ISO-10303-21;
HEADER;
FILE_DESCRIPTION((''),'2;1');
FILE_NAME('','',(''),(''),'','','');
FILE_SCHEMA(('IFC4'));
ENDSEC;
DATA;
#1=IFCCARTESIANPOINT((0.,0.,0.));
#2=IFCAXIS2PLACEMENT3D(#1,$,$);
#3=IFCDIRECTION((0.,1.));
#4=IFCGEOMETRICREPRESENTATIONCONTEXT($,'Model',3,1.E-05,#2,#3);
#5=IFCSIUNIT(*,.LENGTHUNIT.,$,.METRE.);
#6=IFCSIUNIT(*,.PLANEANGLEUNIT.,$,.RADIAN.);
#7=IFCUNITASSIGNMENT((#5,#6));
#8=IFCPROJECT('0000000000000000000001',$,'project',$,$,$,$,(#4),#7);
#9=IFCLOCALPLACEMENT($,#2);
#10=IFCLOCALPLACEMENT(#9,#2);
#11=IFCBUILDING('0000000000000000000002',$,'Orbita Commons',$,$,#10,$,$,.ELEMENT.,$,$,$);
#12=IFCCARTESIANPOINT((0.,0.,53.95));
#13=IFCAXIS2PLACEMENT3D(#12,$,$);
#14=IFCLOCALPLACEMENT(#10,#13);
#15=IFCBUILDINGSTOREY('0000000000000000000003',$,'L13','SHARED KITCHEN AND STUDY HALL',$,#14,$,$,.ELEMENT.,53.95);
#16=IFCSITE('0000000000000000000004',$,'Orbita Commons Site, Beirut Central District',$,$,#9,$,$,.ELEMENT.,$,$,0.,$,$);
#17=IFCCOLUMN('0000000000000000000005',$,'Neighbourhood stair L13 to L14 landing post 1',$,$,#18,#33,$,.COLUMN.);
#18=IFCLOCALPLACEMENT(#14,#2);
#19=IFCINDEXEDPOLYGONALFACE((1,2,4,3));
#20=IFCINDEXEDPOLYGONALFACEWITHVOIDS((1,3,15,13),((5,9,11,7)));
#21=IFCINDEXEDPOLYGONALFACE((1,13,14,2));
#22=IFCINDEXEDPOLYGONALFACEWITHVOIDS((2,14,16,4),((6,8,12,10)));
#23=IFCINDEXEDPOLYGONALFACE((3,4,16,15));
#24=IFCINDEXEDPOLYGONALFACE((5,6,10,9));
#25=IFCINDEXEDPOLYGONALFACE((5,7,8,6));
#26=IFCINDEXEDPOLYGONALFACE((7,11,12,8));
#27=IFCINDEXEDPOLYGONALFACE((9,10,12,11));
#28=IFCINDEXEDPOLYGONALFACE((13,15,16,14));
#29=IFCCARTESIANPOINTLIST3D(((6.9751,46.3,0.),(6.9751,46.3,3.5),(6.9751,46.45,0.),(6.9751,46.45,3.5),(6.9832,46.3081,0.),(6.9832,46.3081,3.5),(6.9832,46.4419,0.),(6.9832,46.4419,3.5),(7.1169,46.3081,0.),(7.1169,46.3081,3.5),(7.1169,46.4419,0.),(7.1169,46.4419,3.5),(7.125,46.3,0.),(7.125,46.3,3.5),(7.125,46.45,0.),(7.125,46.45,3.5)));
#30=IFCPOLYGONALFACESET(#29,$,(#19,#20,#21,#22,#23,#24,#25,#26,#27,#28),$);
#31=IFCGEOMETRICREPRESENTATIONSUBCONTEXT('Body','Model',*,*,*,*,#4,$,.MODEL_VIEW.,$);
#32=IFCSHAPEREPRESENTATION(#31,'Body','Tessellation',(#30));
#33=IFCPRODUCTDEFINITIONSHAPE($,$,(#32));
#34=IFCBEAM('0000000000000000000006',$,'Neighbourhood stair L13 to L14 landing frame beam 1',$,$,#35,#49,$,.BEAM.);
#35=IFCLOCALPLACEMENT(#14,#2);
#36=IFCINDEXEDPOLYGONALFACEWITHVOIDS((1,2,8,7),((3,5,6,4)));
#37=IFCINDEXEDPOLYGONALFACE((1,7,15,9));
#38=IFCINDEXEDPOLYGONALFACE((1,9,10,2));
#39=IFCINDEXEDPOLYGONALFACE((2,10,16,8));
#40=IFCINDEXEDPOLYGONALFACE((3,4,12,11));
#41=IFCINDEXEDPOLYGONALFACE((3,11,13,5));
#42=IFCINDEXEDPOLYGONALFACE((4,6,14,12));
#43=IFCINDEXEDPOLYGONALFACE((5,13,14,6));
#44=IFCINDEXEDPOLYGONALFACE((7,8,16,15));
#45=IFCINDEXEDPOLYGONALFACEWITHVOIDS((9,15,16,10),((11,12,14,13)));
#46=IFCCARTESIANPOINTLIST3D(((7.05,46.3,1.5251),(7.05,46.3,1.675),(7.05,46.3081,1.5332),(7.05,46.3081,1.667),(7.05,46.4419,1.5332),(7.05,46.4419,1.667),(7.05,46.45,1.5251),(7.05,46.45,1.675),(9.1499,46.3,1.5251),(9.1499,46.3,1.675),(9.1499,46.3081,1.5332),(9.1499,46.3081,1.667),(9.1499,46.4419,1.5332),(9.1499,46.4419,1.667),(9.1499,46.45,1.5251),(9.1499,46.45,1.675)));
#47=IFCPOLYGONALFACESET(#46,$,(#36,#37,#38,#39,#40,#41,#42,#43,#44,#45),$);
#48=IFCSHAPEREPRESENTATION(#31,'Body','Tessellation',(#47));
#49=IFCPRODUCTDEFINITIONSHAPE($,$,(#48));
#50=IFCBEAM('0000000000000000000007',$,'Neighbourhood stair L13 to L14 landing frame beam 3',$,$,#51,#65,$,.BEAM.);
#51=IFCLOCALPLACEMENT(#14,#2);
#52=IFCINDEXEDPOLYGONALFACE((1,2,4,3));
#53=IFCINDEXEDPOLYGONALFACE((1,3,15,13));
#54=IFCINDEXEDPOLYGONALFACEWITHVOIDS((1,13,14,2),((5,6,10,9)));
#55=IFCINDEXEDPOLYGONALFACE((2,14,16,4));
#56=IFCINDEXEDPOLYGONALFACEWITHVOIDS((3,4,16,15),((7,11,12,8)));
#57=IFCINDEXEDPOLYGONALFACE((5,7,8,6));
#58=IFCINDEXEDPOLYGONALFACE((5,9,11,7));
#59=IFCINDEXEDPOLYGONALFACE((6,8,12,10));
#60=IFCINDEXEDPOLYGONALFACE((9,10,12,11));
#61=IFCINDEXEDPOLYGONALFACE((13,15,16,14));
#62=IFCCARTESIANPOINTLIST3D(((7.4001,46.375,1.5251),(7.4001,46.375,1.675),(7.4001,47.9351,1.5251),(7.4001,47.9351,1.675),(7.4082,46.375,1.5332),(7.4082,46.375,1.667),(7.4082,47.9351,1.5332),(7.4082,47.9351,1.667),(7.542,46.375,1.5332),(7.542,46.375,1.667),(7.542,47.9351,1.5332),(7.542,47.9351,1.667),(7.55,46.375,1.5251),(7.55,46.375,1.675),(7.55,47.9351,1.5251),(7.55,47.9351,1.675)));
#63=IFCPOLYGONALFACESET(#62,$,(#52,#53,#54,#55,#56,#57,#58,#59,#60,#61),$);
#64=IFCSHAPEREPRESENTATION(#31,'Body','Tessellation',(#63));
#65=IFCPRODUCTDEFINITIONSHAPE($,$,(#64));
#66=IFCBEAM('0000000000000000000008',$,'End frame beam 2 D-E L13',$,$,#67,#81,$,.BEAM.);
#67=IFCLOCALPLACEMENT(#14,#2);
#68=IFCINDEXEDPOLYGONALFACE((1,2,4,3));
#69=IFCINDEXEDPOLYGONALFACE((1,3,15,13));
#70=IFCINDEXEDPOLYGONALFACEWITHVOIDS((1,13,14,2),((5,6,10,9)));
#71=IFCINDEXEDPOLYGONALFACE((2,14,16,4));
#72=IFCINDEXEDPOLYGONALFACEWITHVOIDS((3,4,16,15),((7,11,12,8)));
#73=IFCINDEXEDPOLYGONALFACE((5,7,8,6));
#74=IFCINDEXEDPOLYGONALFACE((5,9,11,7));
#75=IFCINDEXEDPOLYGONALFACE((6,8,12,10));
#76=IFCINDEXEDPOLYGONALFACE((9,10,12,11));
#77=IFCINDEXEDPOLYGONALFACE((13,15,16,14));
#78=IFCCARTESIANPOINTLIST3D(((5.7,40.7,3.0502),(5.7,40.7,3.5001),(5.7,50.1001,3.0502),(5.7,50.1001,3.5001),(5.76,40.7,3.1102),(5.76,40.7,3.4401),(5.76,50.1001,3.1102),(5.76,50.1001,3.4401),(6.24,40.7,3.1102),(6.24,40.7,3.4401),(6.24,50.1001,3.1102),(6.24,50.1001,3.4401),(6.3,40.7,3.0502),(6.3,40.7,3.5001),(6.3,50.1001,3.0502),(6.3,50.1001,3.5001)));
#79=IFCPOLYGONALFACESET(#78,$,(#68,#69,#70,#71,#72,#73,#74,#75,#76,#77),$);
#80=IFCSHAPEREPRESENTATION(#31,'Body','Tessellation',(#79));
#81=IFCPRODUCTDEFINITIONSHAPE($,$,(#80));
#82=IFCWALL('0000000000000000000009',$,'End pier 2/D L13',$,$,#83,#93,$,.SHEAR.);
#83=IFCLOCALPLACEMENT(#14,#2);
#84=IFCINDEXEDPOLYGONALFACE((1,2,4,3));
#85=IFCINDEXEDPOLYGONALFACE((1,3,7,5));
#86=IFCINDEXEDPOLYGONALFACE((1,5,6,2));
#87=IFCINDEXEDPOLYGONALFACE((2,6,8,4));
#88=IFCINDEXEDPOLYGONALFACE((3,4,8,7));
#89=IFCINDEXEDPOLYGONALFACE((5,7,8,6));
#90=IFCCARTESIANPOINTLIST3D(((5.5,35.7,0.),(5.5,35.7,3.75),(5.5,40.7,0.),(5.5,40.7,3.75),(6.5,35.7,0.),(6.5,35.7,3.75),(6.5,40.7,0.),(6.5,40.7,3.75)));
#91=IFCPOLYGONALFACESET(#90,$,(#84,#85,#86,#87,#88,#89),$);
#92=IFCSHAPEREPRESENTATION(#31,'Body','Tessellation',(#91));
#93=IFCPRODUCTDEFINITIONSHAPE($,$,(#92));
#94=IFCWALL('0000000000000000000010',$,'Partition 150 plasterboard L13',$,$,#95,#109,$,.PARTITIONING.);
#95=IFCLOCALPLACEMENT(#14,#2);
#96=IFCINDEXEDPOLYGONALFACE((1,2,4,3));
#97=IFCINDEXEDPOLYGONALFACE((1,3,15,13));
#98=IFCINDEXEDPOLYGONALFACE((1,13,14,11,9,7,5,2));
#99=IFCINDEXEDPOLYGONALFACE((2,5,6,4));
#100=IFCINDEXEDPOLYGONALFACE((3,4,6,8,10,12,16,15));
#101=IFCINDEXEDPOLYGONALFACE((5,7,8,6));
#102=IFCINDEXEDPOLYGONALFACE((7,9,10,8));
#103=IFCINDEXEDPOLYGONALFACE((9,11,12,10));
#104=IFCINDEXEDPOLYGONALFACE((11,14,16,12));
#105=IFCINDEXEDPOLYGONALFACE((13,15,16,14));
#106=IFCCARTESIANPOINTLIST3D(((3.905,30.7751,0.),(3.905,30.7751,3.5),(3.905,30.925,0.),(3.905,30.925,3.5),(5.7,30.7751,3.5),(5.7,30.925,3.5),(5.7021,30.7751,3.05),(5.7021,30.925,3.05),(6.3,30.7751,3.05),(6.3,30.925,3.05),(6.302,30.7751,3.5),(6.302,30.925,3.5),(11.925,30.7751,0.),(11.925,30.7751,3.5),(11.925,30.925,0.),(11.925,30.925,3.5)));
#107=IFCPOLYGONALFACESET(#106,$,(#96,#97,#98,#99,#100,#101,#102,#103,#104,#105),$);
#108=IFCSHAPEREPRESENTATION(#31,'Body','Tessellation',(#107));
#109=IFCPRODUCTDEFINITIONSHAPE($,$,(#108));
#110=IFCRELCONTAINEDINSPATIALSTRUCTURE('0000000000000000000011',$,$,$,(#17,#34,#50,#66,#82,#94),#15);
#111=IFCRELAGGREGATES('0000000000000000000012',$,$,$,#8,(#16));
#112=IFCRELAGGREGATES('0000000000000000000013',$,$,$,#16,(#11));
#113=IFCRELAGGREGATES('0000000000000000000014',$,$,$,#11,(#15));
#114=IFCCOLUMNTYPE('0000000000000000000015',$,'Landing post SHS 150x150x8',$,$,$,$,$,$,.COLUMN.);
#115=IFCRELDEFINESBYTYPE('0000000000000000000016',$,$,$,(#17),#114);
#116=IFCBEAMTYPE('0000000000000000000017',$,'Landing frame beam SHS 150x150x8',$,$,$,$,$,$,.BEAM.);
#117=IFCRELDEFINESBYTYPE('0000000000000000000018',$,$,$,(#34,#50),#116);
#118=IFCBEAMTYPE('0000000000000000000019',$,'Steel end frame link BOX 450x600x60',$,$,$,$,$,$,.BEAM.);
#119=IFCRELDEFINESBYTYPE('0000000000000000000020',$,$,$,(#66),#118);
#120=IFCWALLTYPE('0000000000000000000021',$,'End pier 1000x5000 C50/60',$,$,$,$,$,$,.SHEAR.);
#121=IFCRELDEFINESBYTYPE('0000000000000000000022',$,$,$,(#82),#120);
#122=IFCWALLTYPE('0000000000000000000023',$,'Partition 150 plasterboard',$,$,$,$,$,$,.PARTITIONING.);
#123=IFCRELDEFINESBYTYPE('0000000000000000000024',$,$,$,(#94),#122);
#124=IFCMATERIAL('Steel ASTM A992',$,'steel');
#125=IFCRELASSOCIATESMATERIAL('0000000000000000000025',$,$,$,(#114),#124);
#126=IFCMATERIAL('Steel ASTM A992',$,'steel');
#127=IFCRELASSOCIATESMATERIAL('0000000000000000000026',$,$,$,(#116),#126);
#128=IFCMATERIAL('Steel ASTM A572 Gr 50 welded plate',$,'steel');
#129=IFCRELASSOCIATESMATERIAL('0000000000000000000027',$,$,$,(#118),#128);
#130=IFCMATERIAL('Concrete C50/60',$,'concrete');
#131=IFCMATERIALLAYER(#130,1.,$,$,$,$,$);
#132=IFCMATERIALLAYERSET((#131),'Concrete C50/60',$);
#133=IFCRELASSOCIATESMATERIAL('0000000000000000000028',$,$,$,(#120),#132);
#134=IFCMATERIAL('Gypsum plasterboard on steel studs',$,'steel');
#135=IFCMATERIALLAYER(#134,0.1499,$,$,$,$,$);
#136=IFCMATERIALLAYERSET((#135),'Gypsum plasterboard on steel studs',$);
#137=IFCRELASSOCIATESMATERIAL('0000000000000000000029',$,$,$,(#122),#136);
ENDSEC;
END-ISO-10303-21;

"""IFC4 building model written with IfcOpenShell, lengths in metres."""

from ifc_helpers import new_model, si_unit, direction, frame, frame_2d, origin, origin_2d, place, context, subcontext, project, spatial, polyline, rectangle, hollow_rectangle, outline, extrude, material, layer, layer_set, material_profile, profile_set, type_object, element, save


model = new_model("IFC4")

# Units and contexts
model_context = context("Model", 3, precision=1e-05, world=origin(), true_north=direction((0.0, 1.0)))
body_context = subcontext(model_context, "Body", "Model", "MODEL_VIEW")
ifc_project = project(units=[si_unit("LENGTHUNIT", "METRE"), si_unit("PLANEANGLEUNIT", "RADIAN")], contexts=[model_context])

# Site, building, storey
site_placement = place(None, origin())
site = spatial("IfcSite", under=ifc_project, at=site_placement, Name="Orbita Commons Site, Beirut Central District", CompositionType="ELEMENT", RefElevation=0.0)
building_placement = place(site_placement, origin())
building = spatial("IfcBuilding", under=site, at=building_placement, Name="Orbita Commons", CompositionType="ELEMENT")
storey_placement = place(building_placement, frame((0.0, 0.0, 53.95)))
storey = spatial("IfcBuildingStorey", under=building, at=storey_placement, Name="L13", Description="SHARED KITCHEN AND STUDY HALL", CompositionType="ELEMENT", Elevation=53.95)

# Column
ifc_material_1 = material(Name="Steel ASTM A992", Category="steel")
ifc_material_profile_1 = material_profile(ifc_material_1, hollow_rectangle(XDim=0.1499, YDim=0.1499, WallThickness=0.0081, at=origin_2d()), Name="SHS 150x150x8")
ifc_profile_set_1 = profile_set([ifc_material_profile_1], Name="Steel ASTM A992")
column_type = type_object("IfcColumnType", Name="Landing post SHS 150x150x8", PredefinedType="COLUMN", material=ifc_profile_set_1)
column_placement = place(storey_placement, frame((7.05, 46.375, 0.0), z_axis=(0.0, 0.0, 1.0), x_axis=(1.0, 0.0, 0.0)))
element("IfcColumn", 1, at=column_placement, inside=storey, type_object=column_type, Name="Neighbourhood stair L13 to L14 landing post 1", PredefinedType="COLUMN", context=body_context, shape_type="SweptSolid", body=[
    extrude(hollow_rectangle(XDim=0.1499, YDim=0.1499, WallThickness=0.0081, at=origin_2d()), origin(), (0.0, 0.0, 1.0), 3.5),
])

# Beams
ifc_material_2 = material(Name="Steel ASTM A992", Category="steel")
ifc_material_profile_2 = material_profile(ifc_material_2, hollow_rectangle(XDim=0.1499, YDim=0.1499, WallThickness=0.0081, at=origin_2d()), Name="SHS 150x150x8")
ifc_profile_set_2 = profile_set([ifc_material_profile_2], Name="Steel ASTM A992")
beam_type_1 = type_object("IfcBeamType", Name="Landing frame beam SHS 150x150x8", PredefinedType="BEAM", material=ifc_profile_set_2)
beam_1_placement = place(storey_placement, frame((7.05, 46.375, 1.6001), z_axis=(1.0, 0.0, 0.0), x_axis=(0.0, 1.0, 0.0)))
element("IfcBeam", 2, at=beam_1_placement, inside=storey, type_object=beam_type_1, Name="Neighbourhood stair L13 to L14 landing frame beam 1", PredefinedType="BEAM", context=body_context, shape_type="SweptSolid", body=[
    extrude(hollow_rectangle(XDim=0.1499, YDim=0.1499, WallThickness=0.0081, at=origin_2d()), origin(), (0.0, 0.0, 1.0), 2.0999),
])
beam_2_placement = place(storey_placement, frame((7.4751, 46.375, 1.6001), z_axis=(0.0, 1.0, 0.0), x_axis=(-1.0, 0.0, 0.0)))
element("IfcBeam", 3, at=beam_2_placement, inside=storey, type_object=beam_type_1, Name="Neighbourhood stair L13 to L14 landing frame beam 3", PredefinedType="BEAM", context=body_context, shape_type="SweptSolid", body=[
    extrude(hollow_rectangle(XDim=0.1499, YDim=0.1499, WallThickness=0.0081, at=origin_2d()), origin(), (0.0, 0.0, 1.0), 1.5601),
])
ifc_material_3 = material(Name="Steel ASTM A572 Gr 50 welded plate", Category="steel")
ifc_material_profile_3 = material_profile(ifc_material_3, hollow_rectangle(XDim=0.6001, YDim=0.45, WallThickness=0.0601, at=origin_2d()), Name="BOX 450x600x60")
ifc_profile_set_3 = profile_set([ifc_material_profile_3], Name="Steel ASTM A572 Gr 50 welded plate")
beam_type_2 = type_object("IfcBeamType", Name="Steel end frame link BOX 450x600x60", PredefinedType="BEAM", material=ifc_profile_set_3)
beam_3_placement = place(storey_placement, frame((6.0, 40.7, 3.2751), z_axis=(0.0, 1.0, 0.0), x_axis=(-1.0, 0.0, 0.0)))
element("IfcBeam", 4, at=beam_3_placement, inside=storey, type_object=beam_type_2, Name="End frame beam 2 D-E L13", PredefinedType="BEAM", context=body_context, shape_type="SweptSolid", body=[
    extrude(hollow_rectangle(XDim=0.6001, YDim=0.45, WallThickness=0.0601, at=origin_2d()), origin(), (0.0, 0.0, 1.0), 9.4001),
])

# Walls
ifc_material_4 = material(Name="Concrete C50/60", Category="concrete")
ifc_layer_1 = layer(ifc_material_4, 1.0)
ifc_layer_set_1 = layer_set([ifc_layer_1], Name="Concrete C50/60")
wall_type_1 = type_object("IfcWallType", Name="End pier 1000x5000 C50/60", PredefinedType="SHEAR", material=ifc_layer_set_1)
wall_1_placement = place(storey_placement, frame((6.0, 35.7, 0.0), z_axis=(0.0, 0.0, 1.0), x_axis=(0.0, 1.0, 0.0)))
element("IfcWall", 5, at=wall_1_placement, inside=storey, type_object=wall_type_1, Name="End pier 2/D L13", PredefinedType="SHEAR", context=body_context, shape_type="SweptSolid", body=[
    extrude(rectangle(XDim=5.0, YDim=1.0, at=frame_2d((2.5, 0.0))), origin(), (0.0, 0.0, 1.0), 3.75),
])
ifc_material_5 = material(Name="Gypsum plasterboard on steel studs", Category="steel")
ifc_layer_2 = layer(ifc_material_5, 0.1499)
ifc_layer_set_2 = layer_set([ifc_layer_2], Name="Gypsum plasterboard on steel studs")
wall_type_2 = type_object("IfcWallType", Name="Partition 150 plasterboard", PredefinedType="PARTITIONING", material=ifc_layer_set_2)
wall_2_placement = place(storey_placement, frame((3.905, 30.8501, 0.0), z_axis=(0.0, 0.0, 1.0), x_axis=(1.0, 0.0, 0.0)))
element("IfcWall", 6, at=wall_2_placement, inside=storey, type_object=wall_type_2, Name="Partition 150 plasterboard L13", PredefinedType="PARTITIONING", context=body_context, shape_type="SweptSolid", body=[
    extrude(outline(polyline([(0.0, 0.0), (8.02, 0.0), (8.02, 3.5), (2.397, 3.5), (2.395, 3.05), (1.7971, 3.05), (1.7949, 3.5), (0.0, 3.5), (0.0, 0.0)])), frame((0.0, 0.075, 0.0), z_axis=(0.0, -1.0, 0.0), x_axis=(1.0, 0.0, 0.0)), (0.0, 0.0, 1.0), 0.1499),
])

save(model, "model.ifc")
